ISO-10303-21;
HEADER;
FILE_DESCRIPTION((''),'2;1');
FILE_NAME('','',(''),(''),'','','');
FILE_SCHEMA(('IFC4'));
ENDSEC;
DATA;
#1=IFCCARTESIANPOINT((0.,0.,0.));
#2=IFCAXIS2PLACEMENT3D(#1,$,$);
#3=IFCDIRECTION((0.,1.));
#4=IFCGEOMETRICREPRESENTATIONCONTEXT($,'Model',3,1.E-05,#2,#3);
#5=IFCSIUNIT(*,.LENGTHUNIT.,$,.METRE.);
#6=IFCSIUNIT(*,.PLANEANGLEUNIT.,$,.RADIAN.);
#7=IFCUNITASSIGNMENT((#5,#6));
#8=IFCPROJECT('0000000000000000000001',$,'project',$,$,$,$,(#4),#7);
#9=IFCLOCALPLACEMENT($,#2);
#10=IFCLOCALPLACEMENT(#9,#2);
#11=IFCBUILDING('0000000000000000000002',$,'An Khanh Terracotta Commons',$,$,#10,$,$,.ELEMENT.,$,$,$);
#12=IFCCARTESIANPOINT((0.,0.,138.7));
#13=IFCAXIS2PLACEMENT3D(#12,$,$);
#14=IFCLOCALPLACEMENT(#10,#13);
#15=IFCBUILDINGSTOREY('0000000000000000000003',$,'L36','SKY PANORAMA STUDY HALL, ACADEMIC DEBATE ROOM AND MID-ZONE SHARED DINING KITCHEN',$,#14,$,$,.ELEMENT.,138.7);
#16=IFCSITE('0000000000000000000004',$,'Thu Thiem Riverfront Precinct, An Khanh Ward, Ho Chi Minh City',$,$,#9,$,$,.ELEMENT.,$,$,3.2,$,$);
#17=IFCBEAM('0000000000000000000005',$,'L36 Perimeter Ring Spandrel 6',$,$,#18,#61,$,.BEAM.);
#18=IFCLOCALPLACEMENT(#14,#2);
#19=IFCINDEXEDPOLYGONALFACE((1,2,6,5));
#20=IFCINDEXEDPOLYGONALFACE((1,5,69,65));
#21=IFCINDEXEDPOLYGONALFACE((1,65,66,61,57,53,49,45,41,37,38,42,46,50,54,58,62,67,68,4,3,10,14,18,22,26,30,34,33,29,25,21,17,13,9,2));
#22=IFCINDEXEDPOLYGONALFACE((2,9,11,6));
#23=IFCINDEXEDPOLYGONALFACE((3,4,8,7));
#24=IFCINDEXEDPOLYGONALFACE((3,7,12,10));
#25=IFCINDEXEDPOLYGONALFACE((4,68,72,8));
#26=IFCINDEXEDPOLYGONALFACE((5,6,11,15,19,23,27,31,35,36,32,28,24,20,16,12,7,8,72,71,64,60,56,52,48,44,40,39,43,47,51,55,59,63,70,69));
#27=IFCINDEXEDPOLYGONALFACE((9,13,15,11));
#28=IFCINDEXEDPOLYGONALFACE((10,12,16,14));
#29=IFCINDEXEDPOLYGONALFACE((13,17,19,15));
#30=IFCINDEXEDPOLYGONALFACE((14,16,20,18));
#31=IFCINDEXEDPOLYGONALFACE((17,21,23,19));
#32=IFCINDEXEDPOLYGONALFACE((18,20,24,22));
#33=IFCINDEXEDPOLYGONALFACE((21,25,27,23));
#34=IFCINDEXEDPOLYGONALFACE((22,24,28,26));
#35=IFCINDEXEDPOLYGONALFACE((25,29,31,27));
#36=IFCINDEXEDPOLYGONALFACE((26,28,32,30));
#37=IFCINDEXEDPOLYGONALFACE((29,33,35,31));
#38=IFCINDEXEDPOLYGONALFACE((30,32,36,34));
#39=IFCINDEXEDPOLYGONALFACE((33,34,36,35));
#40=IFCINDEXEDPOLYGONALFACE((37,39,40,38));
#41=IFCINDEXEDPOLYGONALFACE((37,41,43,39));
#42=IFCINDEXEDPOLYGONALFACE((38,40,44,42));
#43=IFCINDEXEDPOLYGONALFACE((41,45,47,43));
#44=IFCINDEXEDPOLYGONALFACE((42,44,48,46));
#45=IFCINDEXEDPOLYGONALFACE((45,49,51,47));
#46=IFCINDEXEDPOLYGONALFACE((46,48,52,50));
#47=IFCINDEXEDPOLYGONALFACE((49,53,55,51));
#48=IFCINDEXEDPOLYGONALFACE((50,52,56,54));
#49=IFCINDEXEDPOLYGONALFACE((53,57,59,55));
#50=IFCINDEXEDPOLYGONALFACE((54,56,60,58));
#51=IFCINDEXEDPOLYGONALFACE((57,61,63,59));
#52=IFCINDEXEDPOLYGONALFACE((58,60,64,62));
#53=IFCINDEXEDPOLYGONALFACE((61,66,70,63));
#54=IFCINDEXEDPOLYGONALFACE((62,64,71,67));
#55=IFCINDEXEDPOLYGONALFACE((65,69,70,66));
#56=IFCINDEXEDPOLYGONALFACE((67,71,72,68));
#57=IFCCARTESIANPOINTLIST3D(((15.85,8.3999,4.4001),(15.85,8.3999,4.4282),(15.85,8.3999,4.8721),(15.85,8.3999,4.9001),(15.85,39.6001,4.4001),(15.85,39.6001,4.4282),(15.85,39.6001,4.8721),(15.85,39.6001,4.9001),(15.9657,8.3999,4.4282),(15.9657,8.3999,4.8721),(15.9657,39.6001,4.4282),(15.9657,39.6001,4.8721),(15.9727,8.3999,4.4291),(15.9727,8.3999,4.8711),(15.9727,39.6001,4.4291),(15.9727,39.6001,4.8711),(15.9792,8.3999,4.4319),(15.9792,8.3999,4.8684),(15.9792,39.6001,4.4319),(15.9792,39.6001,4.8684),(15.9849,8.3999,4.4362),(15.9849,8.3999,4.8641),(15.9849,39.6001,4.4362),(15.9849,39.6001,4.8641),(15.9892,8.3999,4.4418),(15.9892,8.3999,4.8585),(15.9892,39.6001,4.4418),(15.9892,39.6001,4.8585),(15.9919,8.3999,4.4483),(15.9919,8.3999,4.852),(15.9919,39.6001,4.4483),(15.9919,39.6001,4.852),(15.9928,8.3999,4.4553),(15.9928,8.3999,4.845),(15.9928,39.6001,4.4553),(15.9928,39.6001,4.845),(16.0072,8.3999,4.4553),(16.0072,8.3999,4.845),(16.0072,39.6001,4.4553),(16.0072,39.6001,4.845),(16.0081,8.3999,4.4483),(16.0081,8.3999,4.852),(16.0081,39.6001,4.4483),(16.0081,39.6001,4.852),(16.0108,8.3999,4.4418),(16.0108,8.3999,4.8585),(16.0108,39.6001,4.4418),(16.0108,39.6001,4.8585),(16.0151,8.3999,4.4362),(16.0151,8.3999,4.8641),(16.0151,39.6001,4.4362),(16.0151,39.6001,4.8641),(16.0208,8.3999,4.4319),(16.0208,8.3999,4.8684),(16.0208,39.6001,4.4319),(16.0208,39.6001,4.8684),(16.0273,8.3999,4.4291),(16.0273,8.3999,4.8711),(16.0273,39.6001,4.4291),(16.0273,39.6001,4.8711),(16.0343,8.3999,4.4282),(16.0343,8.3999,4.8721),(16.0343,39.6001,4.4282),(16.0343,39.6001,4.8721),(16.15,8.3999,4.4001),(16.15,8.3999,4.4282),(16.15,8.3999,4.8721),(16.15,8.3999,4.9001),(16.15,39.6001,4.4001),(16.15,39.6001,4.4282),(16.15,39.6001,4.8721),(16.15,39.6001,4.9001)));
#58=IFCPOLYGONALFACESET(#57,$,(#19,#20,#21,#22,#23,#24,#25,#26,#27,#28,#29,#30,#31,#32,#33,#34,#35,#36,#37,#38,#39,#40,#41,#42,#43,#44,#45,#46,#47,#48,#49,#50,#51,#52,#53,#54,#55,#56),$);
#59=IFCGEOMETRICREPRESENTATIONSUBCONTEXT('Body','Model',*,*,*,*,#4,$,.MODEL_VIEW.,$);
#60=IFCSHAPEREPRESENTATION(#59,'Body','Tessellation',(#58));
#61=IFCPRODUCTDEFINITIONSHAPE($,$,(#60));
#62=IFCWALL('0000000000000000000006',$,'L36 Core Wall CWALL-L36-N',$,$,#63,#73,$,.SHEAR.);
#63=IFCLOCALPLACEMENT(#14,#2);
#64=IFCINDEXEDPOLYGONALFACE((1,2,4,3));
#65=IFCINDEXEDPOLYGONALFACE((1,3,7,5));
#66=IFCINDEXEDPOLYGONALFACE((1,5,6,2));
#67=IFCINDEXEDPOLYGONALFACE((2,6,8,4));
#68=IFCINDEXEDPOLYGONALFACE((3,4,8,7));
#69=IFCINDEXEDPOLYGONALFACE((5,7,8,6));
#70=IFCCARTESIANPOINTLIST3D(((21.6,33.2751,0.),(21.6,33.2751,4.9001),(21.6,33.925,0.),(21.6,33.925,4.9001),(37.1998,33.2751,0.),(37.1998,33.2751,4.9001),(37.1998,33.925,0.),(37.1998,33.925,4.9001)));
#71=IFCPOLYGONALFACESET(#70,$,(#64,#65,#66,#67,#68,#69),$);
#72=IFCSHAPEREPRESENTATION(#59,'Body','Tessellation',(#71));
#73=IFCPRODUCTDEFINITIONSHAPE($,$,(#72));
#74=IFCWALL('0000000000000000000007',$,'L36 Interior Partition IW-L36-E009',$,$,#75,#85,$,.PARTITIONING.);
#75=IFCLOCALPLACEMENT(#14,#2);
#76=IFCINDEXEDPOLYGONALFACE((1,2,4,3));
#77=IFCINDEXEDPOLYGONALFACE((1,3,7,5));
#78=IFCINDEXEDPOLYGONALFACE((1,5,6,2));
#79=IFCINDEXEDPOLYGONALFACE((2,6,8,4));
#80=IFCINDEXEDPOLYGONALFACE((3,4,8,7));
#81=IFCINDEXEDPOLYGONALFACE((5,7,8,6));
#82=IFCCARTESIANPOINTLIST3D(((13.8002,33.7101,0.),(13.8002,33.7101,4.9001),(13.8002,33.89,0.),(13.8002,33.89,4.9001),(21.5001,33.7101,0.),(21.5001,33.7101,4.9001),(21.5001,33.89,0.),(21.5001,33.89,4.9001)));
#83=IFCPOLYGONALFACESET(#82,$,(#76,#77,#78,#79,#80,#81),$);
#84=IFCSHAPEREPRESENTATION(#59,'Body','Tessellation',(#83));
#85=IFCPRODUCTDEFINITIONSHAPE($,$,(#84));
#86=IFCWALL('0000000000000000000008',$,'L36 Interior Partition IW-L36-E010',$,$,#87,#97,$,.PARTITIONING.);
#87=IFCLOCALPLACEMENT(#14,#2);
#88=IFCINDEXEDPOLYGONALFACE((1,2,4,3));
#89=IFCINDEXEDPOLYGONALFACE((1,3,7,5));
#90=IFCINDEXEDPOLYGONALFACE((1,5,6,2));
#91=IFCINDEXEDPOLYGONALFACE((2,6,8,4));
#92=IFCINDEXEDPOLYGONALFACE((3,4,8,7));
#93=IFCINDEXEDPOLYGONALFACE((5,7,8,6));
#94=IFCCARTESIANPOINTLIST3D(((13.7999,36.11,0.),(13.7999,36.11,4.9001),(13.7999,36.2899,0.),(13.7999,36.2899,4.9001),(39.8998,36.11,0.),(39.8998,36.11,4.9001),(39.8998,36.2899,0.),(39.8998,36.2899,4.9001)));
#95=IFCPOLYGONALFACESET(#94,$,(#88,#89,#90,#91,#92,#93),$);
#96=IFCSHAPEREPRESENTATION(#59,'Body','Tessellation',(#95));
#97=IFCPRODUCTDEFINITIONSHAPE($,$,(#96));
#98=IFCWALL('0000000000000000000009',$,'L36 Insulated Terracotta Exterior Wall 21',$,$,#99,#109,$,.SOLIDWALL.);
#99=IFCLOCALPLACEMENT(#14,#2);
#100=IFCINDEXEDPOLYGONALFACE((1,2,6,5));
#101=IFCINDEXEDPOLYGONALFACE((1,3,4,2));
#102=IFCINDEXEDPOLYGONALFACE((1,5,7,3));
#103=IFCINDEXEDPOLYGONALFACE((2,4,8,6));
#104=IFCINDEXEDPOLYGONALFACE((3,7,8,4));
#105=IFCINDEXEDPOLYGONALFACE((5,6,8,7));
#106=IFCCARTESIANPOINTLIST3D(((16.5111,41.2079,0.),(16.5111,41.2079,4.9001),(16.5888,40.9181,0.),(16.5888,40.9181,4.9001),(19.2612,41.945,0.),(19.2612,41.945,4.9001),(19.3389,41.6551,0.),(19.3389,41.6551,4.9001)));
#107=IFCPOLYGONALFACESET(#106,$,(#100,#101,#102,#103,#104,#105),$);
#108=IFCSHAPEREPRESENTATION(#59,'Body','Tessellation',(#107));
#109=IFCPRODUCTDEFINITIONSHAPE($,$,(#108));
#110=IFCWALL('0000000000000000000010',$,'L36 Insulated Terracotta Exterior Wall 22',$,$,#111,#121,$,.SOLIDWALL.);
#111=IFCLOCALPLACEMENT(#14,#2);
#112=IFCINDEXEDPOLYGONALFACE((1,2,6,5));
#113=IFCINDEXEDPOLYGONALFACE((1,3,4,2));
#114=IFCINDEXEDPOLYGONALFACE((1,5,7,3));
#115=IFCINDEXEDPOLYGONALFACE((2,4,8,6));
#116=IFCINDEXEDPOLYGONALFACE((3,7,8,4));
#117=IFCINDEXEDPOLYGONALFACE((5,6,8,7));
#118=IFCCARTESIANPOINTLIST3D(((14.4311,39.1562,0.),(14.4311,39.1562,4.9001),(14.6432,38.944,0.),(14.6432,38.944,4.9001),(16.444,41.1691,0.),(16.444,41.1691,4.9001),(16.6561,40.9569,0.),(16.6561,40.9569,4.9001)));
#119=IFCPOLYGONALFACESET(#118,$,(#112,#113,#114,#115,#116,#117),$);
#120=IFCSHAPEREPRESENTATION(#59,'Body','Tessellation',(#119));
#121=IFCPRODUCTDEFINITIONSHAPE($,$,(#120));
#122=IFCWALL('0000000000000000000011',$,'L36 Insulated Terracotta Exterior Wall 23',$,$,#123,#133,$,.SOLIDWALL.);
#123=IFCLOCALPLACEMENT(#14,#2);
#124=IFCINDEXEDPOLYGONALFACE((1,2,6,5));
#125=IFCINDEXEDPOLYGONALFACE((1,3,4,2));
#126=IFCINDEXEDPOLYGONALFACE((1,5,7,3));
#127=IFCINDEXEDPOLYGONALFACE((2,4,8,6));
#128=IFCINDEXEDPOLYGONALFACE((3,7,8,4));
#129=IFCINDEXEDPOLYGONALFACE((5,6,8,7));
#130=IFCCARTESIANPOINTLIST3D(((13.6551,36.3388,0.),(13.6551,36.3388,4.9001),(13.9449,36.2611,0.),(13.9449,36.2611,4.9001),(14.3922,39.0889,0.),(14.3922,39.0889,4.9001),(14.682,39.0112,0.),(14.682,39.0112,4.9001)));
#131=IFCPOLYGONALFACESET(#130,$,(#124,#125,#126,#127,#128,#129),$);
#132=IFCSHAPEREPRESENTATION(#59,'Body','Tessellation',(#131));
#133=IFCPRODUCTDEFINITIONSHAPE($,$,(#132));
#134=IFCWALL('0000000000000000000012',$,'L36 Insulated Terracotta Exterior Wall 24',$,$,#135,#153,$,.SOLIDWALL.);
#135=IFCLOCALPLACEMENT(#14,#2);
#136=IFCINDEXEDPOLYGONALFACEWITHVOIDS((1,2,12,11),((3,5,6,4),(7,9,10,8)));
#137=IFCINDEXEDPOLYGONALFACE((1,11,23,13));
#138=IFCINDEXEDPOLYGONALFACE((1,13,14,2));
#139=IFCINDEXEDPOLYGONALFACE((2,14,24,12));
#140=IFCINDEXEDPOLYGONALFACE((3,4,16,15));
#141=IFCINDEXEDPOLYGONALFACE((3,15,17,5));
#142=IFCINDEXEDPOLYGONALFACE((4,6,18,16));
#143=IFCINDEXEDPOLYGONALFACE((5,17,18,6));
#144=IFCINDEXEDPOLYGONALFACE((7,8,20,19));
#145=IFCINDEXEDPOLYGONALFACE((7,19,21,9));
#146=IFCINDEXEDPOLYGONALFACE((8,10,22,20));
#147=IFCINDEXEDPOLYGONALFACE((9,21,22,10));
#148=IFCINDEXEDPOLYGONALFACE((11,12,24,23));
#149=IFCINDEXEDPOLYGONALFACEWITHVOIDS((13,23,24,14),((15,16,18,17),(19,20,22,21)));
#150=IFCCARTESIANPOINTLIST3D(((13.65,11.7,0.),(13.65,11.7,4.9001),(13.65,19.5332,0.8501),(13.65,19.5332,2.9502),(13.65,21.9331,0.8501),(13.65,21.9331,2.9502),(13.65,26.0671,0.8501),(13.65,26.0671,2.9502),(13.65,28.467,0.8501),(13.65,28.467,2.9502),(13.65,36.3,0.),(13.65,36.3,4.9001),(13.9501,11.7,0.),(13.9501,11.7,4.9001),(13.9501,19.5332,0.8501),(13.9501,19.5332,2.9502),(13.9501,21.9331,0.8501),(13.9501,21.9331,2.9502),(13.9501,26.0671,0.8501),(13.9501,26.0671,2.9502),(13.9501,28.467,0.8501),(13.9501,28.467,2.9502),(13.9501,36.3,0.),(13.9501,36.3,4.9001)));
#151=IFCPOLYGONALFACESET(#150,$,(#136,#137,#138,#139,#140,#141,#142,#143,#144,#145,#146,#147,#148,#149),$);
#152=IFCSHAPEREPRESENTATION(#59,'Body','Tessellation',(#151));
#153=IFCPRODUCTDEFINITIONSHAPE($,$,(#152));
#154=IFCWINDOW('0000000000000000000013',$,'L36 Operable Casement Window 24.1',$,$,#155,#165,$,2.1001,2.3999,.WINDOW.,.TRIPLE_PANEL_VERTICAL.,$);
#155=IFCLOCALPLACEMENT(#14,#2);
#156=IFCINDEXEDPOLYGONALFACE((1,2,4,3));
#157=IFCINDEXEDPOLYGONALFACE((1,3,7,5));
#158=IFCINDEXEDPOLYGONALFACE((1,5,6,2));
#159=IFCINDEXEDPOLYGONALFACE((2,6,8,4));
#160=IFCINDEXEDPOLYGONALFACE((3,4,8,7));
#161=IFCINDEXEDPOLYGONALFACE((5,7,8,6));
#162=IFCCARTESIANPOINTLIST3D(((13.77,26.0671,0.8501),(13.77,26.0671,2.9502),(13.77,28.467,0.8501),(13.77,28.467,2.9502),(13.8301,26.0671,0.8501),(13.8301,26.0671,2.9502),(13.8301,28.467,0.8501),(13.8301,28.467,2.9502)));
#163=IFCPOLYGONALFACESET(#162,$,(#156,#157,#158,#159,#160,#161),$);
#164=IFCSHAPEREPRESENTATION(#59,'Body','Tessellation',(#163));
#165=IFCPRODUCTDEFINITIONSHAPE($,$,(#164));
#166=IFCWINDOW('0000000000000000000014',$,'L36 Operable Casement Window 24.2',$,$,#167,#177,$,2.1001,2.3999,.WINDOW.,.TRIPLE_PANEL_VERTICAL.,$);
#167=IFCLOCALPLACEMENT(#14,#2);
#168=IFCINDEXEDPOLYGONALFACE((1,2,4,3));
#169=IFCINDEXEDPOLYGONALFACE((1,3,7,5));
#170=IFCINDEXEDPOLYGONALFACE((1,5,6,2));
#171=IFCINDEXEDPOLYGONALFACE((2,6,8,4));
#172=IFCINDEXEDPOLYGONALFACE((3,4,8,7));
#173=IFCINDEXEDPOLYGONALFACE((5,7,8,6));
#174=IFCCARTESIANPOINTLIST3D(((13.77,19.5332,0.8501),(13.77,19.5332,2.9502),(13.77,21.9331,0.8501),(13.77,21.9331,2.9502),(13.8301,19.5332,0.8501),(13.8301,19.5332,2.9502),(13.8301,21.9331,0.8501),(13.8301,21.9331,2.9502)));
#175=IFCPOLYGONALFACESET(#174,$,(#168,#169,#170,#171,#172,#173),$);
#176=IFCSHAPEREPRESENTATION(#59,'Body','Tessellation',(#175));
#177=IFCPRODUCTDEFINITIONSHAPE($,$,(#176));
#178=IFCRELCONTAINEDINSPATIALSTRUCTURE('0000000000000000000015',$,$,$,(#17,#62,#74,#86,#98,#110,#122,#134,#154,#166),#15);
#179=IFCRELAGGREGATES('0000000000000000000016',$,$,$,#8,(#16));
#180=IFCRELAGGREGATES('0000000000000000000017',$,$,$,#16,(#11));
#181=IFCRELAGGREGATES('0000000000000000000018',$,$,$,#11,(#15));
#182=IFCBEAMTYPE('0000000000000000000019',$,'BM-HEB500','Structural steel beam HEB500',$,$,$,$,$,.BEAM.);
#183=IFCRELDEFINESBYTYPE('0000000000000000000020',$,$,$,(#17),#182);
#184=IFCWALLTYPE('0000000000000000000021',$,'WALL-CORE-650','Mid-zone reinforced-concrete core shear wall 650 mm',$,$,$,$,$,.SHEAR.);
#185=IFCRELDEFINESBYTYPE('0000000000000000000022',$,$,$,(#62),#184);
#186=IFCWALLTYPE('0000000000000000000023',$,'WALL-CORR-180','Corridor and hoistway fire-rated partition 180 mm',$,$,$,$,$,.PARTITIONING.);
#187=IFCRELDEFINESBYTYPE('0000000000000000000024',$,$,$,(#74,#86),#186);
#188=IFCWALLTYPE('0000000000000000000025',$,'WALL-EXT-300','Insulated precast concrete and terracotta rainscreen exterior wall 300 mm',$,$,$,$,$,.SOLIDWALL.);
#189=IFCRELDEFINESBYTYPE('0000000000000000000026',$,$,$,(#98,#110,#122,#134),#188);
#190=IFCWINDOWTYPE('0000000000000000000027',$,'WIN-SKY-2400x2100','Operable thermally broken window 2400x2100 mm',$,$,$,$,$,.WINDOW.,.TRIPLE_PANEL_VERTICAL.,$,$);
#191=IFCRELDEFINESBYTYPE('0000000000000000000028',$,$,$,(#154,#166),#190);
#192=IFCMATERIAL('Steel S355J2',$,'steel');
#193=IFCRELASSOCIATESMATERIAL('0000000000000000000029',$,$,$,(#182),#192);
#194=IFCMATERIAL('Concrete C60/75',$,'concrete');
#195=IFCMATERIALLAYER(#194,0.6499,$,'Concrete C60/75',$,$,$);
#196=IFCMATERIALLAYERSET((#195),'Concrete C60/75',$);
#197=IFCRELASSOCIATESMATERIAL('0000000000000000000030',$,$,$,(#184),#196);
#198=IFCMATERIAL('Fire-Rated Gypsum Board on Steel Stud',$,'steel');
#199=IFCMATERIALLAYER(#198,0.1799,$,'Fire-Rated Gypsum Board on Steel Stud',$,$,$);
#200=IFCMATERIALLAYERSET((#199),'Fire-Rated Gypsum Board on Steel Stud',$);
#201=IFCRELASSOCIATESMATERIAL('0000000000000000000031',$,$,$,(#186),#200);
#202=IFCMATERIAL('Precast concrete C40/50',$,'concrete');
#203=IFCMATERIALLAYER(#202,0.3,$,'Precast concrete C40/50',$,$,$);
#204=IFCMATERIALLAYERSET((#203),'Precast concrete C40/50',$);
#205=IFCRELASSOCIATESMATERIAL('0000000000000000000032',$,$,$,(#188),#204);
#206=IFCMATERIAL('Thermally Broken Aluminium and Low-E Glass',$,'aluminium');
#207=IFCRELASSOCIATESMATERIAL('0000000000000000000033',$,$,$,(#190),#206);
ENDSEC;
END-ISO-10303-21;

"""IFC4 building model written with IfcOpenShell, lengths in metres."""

from ifc_helpers import new_model, si_unit, direction, frame, frame_2d, origin, origin_2d, place, context, subcontext, project, spatial, rectangle, i_section, extrude, material, layer, layer_set, material_profile, profile_set, type_object, element, fill, save


model = new_model("IFC4")

# Units and contexts
model_context = context("Model", 3, precision=1e-05, world=origin(), true_north=direction((0.0, 1.0)))
body_context = subcontext(model_context, "Body", "Model", "MODEL_VIEW")
ifc_project = project(units=[si_unit("LENGTHUNIT", "METRE"), si_unit("PLANEANGLEUNIT", "RADIAN")], contexts=[model_context])

# Site, building, storey
site_placement = place(None, origin())
site = spatial("IfcSite", under=ifc_project, at=site_placement, Name="Thu Thiem Riverfront Precinct, An Khanh Ward, Ho Chi Minh City", CompositionType="ELEMENT", RefElevation=3.2)
building_placement = place(site_placement, origin())
building = spatial("IfcBuilding", under=site, at=building_placement, Name="An Khanh Terracotta Commons", CompositionType="ELEMENT")
storey_placement = place(building_placement, frame((0.0, 0.0, 138.7)))
storey = spatial("IfcBuildingStorey", under=building, at=storey_placement, Name="L36", Description="SKY PANORAMA STUDY HALL, ACADEMIC DEBATE ROOM AND MID-ZONE SHARED DINING KITCHEN", CompositionType="ELEMENT", Elevation=138.7)

# Shared definitions
ifc_material_1 = material(Name="Concrete C60/75", Category="concrete")

# Beam
ifc_material_2 = material(Name="Steel S355J2", Category="steel")
ifc_material_profile_1 = material_profile(ifc_material_2, i_section(OverallWidth=0.3, OverallDepth=0.5, WebThickness=0.0144, FlangeThickness=0.0281, FilletRadius=0.0271, at=origin_2d()), Name="HEB500")
ifc_profile_set_1 = profile_set([ifc_material_profile_1], Name="Steel S355J2")
beam_type_1 = type_object("IfcBeamType", Name="BM-HEB500", Description="Structural steel beam HEB500", PredefinedType="BEAM", material=ifc_profile_set_1)
beam_1_placement = place(storey_placement, frame((16.0, 39.6001, 4.6501), z_axis=(0.0, -1.0, 0.0), x_axis=(1.0, 0.0, 0.0)))
element("IfcBeam", 1, at=beam_1_placement, inside=storey, type_object=beam_type_1, Name="L36 Perimeter Ring Spandrel 6", PredefinedType="BEAM", context=body_context, shape_type="SweptSolid", body=[
    extrude(i_section(OverallWidth=0.3, OverallDepth=0.5, WebThickness=0.0144, FlangeThickness=0.0281, FilletRadius=0.0271, at=origin_2d()), origin(), (0.0, 0.0, 1.0), 31.2002),
])

# Walls
ifc_layer_1 = layer(ifc_material_1, 0.6499, Name="Concrete C60/75")
ifc_layer_set_1 = layer_set([ifc_layer_1], Name="Concrete C60/75")
wall_type_1 = type_object("IfcWallType", Name="WALL-CORE-650", Description="Mid-zone reinforced-concrete core shear wall 650 mm", PredefinedType="SHEAR", material=ifc_layer_set_1)
wall_1_placement = place(storey_placement, frame((21.6001, 33.6001, 0.0), z_axis=(0.0, 0.0, 1.0), x_axis=(1.0, 0.0, 0.0)))
element("IfcWall", 2, at=wall_1_placement, inside=storey, type_object=wall_type_1, Name="L36 Core Wall CWALL-L36-N", PredefinedType="SHEAR", context=body_context, shape_type="SweptSolid", body=[
    extrude(rectangle(XDim=15.5999, YDim=0.6499, at=frame_2d((7.7998, 0.0))), origin(), (0.0, 0.0, 1.0), 4.9001),
])
ifc_material_3 = material(Name="Fire-Rated Gypsum Board on Steel Stud", Category="steel")
ifc_layer_2 = layer(ifc_material_3, 0.1799, Name="Fire-Rated Gypsum Board on Steel Stud")
ifc_layer_set_2 = layer_set([ifc_layer_2], Name="Fire-Rated Gypsum Board on Steel Stud")
wall_type_2 = type_object("IfcWallType", Name="WALL-CORR-180", Description="Corridor and hoistway fire-rated partition 180 mm", PredefinedType="PARTITIONING", material=ifc_layer_set_2)
wall_2_placement = place(storey_placement, frame((13.8, 33.8, 0.0), z_axis=(0.0, 0.0, 1.0), x_axis=(1.0, 0.0, 0.0)))
element("IfcWall", 3, at=wall_2_placement, inside=storey, type_object=wall_type_2, Name="L36 Interior Partition IW-L36-E009", PredefinedType="PARTITIONING", context=body_context, shape_type="SweptSolid", body=[
    extrude(rectangle(XDim=7.7, YDim=0.1799, at=frame_2d((3.8501, 0.0))), origin(), (0.0, 0.0, 1.0), 4.9001),
])
wall_3_placement = place(storey_placement, frame((13.8, 36.2, 0.0), z_axis=(0.0, 0.0, 1.0), x_axis=(1.0, 0.0, 0.0)))
element("IfcWall", 4, at=wall_3_placement, inside=storey, type_object=wall_type_2, Name="L36 Interior Partition IW-L36-E010", PredefinedType="PARTITIONING", context=body_context, shape_type="SweptSolid", body=[
    extrude(rectangle(XDim=26.0999, YDim=0.1799, at=frame_2d((13.0498, 0.0))), origin(), (0.0, 0.0, 1.0), 4.9001),
])
ifc_material_4 = material(Name="Precast concrete C40/50", Category="concrete")
ifc_layer_3 = layer(ifc_material_4, 0.3, Name="Precast concrete C40/50")
ifc_layer_set_3 = layer_set([ifc_layer_3], Name="Precast concrete C40/50")
wall_type_3 = type_object("IfcWallType", Name="WALL-EXT-300", Description="Insulated precast concrete and terracotta rainscreen exterior wall 300 mm", PredefinedType="SOLIDWALL", material=ifc_layer_set_3)
wall_4_placement = place(storey_placement, frame((19.3, 41.8, 0.0), z_axis=(0.0, 0.0, 1.0), x_axis=(-0.965908, -0.258885, 0.0)))
element("IfcWall", 5, at=wall_4_placement, inside=storey, type_object=wall_type_3, Name="L36 Insulated Terracotta Exterior Wall 21", PredefinedType="SOLIDWALL", context=body_context, shape_type="SweptSolid", body=[
    extrude(rectangle(XDim=2.8472, YDim=0.3, at=frame_2d((1.4236, 0.0))), origin(), (0.0, 0.0, 1.0), 4.9001),
])
wall_5_placement = place(storey_placement, frame((16.55, 41.063, 0.0), z_axis=(0.0, 0.0, 1.0), x_axis=(-0.707107, -0.707107, 0.0)))
element("IfcWall", 6, at=wall_5_placement, inside=storey, type_object=wall_type_3, Name="L36 Insulated Terracotta Exterior Wall 22", PredefinedType="SOLIDWALL", context=body_context, shape_type="SweptSolid", body=[
    extrude(rectangle(XDim=2.8467, YDim=0.3, at=frame_2d((1.4233, 0.0))), origin(), (0.0, 0.0, 1.0), 4.9001),
])
wall_6_placement = place(storey_placement, frame((14.5371, 39.05, 0.0), z_axis=(0.0, 0.0, 1.0), x_axis=(-0.258885, -0.965908, 0.0)))
element("IfcWall", 7, at=wall_6_placement, inside=storey, type_object=wall_type_3, Name="L36 Insulated Terracotta Exterior Wall 23", PredefinedType="SOLIDWALL", context=body_context, shape_type="SweptSolid", body=[
    extrude(rectangle(XDim=2.8472, YDim=0.3, at=frame_2d((1.4236, 0.0))), origin(), (0.0, 0.0, 1.0), 4.9001),
])

# Wall, openings, windows
wall_7_placement = place(storey_placement, frame((13.8, 36.3, 0.0), z_axis=(0.0, 0.0, 1.0), x_axis=(0.0, -1.0, 0.0)))
wall_7 = element("IfcWall", 8, at=wall_7_placement, inside=storey, type_object=wall_type_3, Name="L36 Insulated Terracotta Exterior Wall 24", PredefinedType="SOLIDWALL", context=body_context, shape_type="SweptSolid", body=[
    extrude(rectangle(XDim=24.6001, YDim=0.3, at=frame_2d((12.3, 0.0))), origin(), (0.0, 0.0, 1.0), 4.9001),
])
opening_1_placement = place(wall_7_placement, frame((7.833, 0.0, 0.8501)))
opening_1 = element("IfcOpeningElement", 9, at=opening_1_placement, cuts=wall_7, PredefinedType="OPENING", context=body_context, shape_type="SweptSolid", body=[
    extrude(rectangle(XDim=2.3999, YDim=2.1001, at=frame_2d((1.2, 1.05))), frame((0.0, 0.1599, 0.0), z_axis=(0.0, -1.0, 0.0), x_axis=(1.0, 0.0, 0.0)), (0.0, 0.0, 1.0), 0.3201),
])
opening_2_placement = place(wall_7_placement, frame((14.3669, 0.0, 0.8501)))
opening_2 = element("IfcOpeningElement", 10, at=opening_2_placement, cuts=wall_7, PredefinedType="OPENING", context=body_context, shape_type="SweptSolid", body=[
    extrude(rectangle(XDim=2.3999, YDim=2.1001, at=frame_2d((1.2, 1.05))), frame((0.0, 0.1599, 0.0), z_axis=(0.0, -1.0, 0.0), x_axis=(1.0, 0.0, 0.0)), (0.0, 0.0, 1.0), 0.3201),
])
ifc_material_5 = material(Name="Thermally Broken Aluminium and Low-E Glass", Category="aluminium")
window_type = type_object("IfcWindowType", Name="WIN-SKY-2400x2100", Description="Operable thermally broken window 2400x2100 mm", PartitioningType="TRIPLE_PANEL_VERTICAL", PredefinedType="WINDOW", material=ifc_material_5)
window_1_placement = place(opening_1_placement, origin())
window_1 = element("IfcWindow", 11, at=window_1_placement, inside=storey, type_object=window_type, Name="L36 Operable Casement Window 24.1", OverallHeight=2.1001, OverallWidth=2.3999, PartitioningType="TRIPLE_PANEL_VERTICAL", PredefinedType="WINDOW", context=body_context, shape_type="SweptSolid", body=[
    extrude(rectangle(XDim=2.3999, YDim=2.1001, at=frame_2d((1.2, 1.05))), frame((0.0, 0.03, 0.0), z_axis=(0.0, -1.0, 0.0), x_axis=(1.0, 0.0, 0.0)), (0.0, 0.0, 1.0), 0.0601),
])
fill(opening_1, window_1)
window_2_placement = place(opening_2_placement, origin())
window_2 = element("IfcWindow", 12, at=window_2_placement, inside=storey, type_object=window_type, Name="L36 Operable Casement Window 24.2", OverallHeight=2.1001, OverallWidth=2.3999, PartitioningType="TRIPLE_PANEL_VERTICAL", PredefinedType="WINDOW", context=body_context, shape_type="SweptSolid", body=[
    extrude(rectangle(XDim=2.3999, YDim=2.1001, at=frame_2d((1.2, 1.05))), frame((0.0, 0.03, 0.0), z_axis=(0.0, -1.0, 0.0), x_axis=(1.0, 0.0, 0.0)), (0.0, 0.0, 1.0), 0.0601),
])
fill(opening_2, window_2)

save(model, "model.ifc")
